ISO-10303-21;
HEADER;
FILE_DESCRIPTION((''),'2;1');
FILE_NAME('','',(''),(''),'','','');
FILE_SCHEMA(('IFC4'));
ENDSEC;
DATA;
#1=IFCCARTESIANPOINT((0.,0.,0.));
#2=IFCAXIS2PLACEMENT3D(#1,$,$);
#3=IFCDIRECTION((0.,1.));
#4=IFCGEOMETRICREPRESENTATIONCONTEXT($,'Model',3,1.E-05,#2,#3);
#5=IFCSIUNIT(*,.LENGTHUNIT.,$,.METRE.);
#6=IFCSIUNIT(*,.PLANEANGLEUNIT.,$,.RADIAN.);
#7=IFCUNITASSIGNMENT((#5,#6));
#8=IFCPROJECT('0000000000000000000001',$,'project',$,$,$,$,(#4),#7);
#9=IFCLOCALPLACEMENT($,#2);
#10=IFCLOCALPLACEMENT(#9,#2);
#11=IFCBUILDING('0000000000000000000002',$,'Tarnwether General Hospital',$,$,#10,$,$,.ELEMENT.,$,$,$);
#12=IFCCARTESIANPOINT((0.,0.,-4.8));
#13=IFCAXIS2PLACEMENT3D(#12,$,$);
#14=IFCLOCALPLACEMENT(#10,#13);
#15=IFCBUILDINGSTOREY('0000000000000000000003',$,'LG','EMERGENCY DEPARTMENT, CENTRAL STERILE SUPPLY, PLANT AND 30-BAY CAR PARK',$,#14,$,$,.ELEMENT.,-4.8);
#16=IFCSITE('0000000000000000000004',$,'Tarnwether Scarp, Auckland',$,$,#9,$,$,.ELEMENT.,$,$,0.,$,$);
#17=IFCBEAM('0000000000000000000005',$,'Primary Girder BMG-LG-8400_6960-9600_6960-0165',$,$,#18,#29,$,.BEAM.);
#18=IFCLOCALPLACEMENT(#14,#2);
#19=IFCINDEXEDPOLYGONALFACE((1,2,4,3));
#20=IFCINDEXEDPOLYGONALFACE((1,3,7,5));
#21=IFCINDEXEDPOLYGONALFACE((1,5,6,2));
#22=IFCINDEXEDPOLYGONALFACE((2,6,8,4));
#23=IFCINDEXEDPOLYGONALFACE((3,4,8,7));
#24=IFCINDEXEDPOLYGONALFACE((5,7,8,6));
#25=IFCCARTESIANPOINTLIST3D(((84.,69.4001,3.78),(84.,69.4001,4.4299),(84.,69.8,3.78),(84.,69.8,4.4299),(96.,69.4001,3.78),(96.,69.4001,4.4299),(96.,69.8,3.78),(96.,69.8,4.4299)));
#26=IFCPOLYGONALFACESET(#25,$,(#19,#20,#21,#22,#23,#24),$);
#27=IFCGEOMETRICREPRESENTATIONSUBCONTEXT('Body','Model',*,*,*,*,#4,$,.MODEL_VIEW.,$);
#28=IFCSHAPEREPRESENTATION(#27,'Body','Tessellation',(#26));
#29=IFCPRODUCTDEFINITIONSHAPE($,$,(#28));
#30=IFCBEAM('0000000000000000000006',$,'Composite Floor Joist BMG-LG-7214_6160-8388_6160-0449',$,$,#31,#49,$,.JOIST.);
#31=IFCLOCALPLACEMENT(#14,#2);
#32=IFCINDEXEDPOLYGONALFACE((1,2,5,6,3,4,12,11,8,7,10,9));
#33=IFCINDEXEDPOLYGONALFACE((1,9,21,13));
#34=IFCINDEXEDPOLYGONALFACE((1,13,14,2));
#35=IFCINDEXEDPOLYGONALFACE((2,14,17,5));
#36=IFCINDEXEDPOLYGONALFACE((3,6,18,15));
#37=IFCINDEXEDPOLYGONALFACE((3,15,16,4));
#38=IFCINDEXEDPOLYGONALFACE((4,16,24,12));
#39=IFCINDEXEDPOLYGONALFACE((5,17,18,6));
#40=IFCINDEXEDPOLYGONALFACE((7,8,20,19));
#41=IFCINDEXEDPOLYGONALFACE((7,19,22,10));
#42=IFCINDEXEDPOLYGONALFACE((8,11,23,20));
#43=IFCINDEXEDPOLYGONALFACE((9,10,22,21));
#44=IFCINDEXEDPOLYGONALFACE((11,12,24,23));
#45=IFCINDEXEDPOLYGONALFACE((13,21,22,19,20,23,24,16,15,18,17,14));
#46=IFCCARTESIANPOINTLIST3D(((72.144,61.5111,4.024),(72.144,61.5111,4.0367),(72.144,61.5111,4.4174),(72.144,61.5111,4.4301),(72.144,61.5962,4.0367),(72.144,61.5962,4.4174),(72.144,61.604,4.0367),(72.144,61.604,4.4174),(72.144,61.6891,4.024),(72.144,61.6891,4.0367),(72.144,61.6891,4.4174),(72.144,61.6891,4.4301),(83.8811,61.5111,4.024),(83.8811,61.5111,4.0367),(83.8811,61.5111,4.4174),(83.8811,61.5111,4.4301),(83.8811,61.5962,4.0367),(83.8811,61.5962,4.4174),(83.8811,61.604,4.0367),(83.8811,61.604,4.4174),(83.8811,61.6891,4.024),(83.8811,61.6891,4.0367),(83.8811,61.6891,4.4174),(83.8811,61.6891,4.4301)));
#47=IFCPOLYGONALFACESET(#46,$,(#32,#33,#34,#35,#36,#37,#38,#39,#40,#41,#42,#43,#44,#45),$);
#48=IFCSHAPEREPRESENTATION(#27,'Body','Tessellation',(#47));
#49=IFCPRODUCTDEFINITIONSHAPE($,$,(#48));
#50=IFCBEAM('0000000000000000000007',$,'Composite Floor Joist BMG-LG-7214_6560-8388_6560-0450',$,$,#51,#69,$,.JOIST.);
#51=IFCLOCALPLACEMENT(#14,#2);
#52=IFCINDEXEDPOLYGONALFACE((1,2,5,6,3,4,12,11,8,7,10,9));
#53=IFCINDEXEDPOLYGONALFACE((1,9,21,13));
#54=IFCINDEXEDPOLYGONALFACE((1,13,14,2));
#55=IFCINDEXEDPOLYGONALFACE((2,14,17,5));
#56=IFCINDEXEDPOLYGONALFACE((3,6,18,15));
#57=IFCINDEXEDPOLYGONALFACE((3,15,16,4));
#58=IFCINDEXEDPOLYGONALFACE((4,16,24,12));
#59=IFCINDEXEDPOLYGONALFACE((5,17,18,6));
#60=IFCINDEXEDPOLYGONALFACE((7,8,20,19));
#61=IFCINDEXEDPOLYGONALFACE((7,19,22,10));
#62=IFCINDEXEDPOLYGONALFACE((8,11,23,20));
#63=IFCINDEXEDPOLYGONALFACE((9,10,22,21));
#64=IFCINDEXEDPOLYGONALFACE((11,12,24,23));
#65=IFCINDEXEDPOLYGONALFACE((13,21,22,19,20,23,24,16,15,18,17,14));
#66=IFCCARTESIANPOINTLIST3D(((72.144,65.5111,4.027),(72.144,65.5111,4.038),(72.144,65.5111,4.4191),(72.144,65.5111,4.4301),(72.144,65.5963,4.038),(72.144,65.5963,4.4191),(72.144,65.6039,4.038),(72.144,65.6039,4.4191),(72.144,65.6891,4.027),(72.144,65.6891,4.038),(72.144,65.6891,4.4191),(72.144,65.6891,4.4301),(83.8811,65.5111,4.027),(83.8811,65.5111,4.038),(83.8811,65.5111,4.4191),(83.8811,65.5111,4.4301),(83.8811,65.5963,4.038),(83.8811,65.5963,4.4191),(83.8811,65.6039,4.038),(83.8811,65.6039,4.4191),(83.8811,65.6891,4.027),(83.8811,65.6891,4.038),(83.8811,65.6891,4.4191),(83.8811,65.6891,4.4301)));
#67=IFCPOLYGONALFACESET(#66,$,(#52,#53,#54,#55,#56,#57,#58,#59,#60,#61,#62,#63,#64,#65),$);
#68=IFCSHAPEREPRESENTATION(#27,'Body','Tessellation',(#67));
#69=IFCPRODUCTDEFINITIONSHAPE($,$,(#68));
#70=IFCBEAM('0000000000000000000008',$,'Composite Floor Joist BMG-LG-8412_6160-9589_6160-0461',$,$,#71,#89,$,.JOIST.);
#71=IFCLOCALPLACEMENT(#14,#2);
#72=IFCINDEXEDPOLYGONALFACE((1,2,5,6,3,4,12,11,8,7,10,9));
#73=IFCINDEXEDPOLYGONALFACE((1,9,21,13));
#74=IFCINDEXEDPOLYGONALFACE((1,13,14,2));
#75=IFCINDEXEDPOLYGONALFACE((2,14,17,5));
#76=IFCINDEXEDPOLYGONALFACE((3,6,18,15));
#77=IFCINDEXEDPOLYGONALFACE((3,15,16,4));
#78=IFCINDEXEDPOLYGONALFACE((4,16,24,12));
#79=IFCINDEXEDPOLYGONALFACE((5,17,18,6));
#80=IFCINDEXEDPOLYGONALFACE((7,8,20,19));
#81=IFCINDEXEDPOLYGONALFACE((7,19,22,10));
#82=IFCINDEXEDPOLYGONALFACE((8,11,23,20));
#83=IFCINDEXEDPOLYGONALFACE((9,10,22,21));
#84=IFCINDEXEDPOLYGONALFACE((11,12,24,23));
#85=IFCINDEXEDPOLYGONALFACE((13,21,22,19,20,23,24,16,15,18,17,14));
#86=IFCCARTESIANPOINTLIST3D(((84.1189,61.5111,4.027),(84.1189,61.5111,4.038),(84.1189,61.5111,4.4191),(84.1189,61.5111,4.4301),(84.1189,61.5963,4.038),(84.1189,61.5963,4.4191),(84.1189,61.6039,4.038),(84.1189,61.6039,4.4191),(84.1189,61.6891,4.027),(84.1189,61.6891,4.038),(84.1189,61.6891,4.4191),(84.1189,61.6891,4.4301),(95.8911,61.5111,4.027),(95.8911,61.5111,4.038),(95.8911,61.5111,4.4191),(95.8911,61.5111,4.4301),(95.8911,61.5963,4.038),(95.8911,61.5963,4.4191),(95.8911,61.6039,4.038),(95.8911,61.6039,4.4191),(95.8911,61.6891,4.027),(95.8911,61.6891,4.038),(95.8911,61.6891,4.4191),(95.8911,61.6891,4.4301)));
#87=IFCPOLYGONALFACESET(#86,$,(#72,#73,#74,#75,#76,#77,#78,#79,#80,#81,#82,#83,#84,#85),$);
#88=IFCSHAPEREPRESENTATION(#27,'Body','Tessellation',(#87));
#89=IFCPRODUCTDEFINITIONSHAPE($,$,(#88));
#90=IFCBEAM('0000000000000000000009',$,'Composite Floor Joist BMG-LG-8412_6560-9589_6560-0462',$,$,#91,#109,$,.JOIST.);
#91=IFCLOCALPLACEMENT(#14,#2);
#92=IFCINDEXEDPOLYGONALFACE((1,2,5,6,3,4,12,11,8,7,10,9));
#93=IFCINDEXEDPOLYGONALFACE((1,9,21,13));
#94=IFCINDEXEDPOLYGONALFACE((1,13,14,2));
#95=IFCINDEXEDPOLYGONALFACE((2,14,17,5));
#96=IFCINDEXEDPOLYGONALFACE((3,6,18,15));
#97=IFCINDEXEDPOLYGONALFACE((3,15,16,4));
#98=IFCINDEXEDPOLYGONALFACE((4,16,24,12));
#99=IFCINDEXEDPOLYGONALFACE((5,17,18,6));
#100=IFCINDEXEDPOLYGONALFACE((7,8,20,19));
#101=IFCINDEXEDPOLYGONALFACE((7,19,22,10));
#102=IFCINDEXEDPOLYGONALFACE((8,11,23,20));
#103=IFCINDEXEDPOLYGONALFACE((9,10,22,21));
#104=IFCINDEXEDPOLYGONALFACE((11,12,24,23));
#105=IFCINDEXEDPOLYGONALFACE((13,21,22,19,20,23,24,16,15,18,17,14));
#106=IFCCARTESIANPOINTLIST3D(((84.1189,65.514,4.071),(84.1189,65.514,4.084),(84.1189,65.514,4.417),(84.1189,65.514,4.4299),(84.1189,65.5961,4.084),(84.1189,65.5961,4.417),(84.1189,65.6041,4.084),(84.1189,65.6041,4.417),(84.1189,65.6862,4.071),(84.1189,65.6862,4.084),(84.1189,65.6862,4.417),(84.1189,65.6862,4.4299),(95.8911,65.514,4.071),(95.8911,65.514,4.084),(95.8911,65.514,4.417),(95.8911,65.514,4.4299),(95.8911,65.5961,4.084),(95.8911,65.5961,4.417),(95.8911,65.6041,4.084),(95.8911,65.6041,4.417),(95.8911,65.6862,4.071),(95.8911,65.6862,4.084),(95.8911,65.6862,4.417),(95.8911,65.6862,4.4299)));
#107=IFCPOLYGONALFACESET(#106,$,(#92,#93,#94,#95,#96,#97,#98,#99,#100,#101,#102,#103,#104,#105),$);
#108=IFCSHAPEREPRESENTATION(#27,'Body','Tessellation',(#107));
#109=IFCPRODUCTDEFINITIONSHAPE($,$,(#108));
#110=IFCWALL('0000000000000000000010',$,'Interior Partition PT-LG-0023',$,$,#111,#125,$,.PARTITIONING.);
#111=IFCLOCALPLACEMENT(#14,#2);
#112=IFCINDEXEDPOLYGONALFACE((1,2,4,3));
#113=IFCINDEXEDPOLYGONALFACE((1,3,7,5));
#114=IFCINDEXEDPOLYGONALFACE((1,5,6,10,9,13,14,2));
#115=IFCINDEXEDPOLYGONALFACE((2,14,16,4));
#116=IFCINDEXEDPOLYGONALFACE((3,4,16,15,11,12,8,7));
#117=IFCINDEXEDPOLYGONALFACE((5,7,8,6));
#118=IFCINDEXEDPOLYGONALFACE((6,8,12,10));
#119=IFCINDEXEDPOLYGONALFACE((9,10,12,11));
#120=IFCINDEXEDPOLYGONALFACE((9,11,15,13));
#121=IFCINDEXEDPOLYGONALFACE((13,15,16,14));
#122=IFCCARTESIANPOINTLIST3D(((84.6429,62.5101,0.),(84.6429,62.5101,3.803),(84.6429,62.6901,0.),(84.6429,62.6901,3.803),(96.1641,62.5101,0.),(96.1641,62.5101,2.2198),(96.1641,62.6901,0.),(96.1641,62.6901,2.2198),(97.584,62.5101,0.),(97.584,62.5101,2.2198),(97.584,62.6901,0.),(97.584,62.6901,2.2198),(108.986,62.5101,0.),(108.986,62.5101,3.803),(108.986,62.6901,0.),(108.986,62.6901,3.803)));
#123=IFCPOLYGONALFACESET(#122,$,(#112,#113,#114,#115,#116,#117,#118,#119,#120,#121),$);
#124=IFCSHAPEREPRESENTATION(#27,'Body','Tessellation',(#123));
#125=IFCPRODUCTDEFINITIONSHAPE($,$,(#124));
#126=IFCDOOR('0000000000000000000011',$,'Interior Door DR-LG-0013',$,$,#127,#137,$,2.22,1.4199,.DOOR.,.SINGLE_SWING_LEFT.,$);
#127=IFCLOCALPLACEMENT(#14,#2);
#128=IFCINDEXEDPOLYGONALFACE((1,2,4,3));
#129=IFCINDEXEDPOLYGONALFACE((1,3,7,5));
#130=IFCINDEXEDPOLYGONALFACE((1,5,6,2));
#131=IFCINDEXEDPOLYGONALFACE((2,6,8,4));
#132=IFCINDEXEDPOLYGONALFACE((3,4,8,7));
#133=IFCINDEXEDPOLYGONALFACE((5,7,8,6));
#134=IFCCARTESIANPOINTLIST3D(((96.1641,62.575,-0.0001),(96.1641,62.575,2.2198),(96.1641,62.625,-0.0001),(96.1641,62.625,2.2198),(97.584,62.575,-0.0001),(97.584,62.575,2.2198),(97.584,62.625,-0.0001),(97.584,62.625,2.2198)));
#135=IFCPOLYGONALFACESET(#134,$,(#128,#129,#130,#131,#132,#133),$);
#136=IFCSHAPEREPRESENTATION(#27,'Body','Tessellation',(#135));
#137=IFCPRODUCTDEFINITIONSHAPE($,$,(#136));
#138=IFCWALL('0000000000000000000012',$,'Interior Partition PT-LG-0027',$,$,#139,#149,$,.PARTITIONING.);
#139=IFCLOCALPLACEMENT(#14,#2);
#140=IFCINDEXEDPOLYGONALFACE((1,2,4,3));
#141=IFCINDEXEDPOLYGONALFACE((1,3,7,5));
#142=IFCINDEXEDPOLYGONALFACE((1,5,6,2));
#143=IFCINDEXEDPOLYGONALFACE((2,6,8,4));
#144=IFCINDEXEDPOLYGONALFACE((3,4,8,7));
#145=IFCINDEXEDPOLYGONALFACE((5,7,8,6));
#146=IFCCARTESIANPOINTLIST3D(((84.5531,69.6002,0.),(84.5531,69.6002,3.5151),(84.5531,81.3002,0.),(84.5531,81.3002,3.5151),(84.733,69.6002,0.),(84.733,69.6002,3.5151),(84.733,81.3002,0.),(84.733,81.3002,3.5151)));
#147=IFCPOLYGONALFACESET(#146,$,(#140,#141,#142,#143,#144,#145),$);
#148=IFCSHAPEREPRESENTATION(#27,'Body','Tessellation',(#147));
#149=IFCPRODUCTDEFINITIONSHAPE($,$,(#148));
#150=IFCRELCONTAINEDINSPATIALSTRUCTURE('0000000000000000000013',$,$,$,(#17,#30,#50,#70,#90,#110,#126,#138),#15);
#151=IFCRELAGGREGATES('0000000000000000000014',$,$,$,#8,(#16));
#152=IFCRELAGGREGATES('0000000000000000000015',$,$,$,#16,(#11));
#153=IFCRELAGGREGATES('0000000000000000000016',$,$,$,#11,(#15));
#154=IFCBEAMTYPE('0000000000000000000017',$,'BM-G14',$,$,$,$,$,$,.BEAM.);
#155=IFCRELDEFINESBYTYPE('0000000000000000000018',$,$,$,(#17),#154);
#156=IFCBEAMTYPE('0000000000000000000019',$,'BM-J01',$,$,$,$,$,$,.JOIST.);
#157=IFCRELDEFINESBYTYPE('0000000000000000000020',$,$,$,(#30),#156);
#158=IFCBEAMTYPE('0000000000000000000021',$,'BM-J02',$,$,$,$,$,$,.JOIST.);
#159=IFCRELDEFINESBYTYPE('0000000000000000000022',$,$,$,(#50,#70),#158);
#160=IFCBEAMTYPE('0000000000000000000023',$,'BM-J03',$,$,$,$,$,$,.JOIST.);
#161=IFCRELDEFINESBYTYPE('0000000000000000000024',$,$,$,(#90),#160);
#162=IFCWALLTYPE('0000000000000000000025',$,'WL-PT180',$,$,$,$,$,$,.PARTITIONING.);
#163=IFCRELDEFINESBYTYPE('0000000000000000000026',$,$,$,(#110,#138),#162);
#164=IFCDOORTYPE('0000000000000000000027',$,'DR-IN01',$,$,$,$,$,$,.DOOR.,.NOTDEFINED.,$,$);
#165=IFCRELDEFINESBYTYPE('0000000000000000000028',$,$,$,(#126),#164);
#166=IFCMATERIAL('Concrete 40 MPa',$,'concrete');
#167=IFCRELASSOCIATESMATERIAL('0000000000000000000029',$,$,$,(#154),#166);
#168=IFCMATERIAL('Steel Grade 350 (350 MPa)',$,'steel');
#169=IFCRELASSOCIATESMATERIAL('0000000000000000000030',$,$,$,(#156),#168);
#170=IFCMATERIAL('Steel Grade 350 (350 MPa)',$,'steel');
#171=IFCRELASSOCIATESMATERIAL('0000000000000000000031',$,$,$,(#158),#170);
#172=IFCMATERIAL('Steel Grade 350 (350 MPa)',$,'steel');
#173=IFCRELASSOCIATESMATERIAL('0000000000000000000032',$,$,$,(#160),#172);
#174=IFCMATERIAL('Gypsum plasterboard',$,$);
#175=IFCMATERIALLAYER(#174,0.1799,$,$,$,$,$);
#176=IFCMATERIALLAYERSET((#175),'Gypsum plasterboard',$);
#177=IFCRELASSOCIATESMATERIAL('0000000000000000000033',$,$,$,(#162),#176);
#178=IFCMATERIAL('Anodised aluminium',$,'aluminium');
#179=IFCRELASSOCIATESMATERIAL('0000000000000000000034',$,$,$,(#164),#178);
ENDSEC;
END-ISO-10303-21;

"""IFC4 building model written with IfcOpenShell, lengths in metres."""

from ifc_helpers import new_model, si_unit, direction, frame, frame_2d, origin, origin_2d, place, context, subcontext, project, spatial, rectangle, i_section, extrude, material, layer, layer_set, material_profile, profile_set, type_object, element, fill, save


model = new_model("IFC4")

# Units and contexts
model_context = context("Model", 3, precision=1e-05, world=origin(), true_north=direction((0.0, 1.0)))
body_context = subcontext(model_context, "Body", "Model", "MODEL_VIEW")
ifc_project = project(units=[si_unit("LENGTHUNIT", "METRE"), si_unit("PLANEANGLEUNIT", "RADIAN")], contexts=[model_context])

# Site, building, storey
site_placement = place(None, origin())
site = spatial("IfcSite", under=ifc_project, at=site_placement, Name="Tarnwether Scarp, Auckland", CompositionType="ELEMENT", RefElevation=0.0)
building_placement = place(site_placement, origin())
building = spatial("IfcBuilding", under=site, at=building_placement, Name="Tarnwether General Hospital", CompositionType="ELEMENT")
storey_placement = place(building_placement, frame((0.0, 0.0, -4.8)))
storey = spatial("IfcBuildingStorey", under=building, at=storey_placement, Name="LG", Description="EMERGENCY DEPARTMENT, CENTRAL STERILE SUPPLY, PLANT AND 30-BAY CAR PARK", CompositionType="ELEMENT", Elevation=-4.8)

# Beams
ifc_material_1 = material(Name="Concrete 40 MPa", Category="concrete")
ifc_material_profile_1 = material_profile(ifc_material_1, rectangle(XDim=0.3999, YDim=0.6499, at=origin_2d()), Name="RC-BM-400x650")
ifc_profile_set_1 = profile_set([ifc_material_profile_1], Name="Concrete 40 MPa")
beam_type_1 = type_object("IfcBeamType", Name="BM-G14", PredefinedType="BEAM", material=ifc_profile_set_1)
beam_1_placement = place(storey_placement, frame((84.0, 69.6001, 4.105), z_axis=(1.0, 0.0, 0.0), x_axis=(0.0, 1.0, 0.0)))
element("IfcBeam", 1, at=beam_1_placement, inside=storey, type_object=beam_type_1, Name="Primary Girder BMG-LG-8400_6960-9600_6960-0165", PredefinedType="BEAM", context=body_context, shape_type="SweptSolid", body=[
    extrude(rectangle(XDim=0.3999, YDim=0.6499, at=origin_2d()), origin(), (0.0, 0.0, 1.0), 12.0),
])
ifc_material_2 = material(Name="Steel Grade 350 (350 MPa)", Category="steel")
ifc_material_profile_2 = material_profile(ifc_material_2, i_section(OverallWidth=0.178, OverallDepth=0.406, WebThickness=0.0078, FlangeThickness=0.0127, at=origin_2d()), Name="410UB59.7")
ifc_profile_set_2 = profile_set([ifc_material_profile_2], Name="Steel Grade 350 (350 MPa)")
beam_type_2 = type_object("IfcBeamType", Name="BM-J01", PredefinedType="JOIST", material=ifc_profile_set_2)
beam_2_placement = place(storey_placement, frame((72.144, 61.6001, 4.2271), z_axis=(1.0, 0.0, 0.0), x_axis=(0.0, 1.0, 0.0)))
element("IfcBeam", 2, at=beam_2_placement, inside=storey, type_object=beam_type_2, Name="Composite Floor Joist BMG-LG-7214_6160-8388_6160-0449", PredefinedType="JOIST", context=body_context, shape_type="SweptSolid", body=[
    extrude(i_section(OverallWidth=0.178, OverallDepth=0.406, WebThickness=0.0078, FlangeThickness=0.0127, at=origin_2d()), origin(), (0.0, 0.0, 1.0), 11.7371),
])
ifc_material_3 = material(Name="Steel Grade 350 (350 MPa)", Category="steel")
ifc_material_profile_3 = material_profile(ifc_material_3, i_section(OverallWidth=0.178, OverallDepth=0.4031, WebThickness=0.0076, FlangeThickness=0.011, at=origin_2d()), Name="410UB53.7")
ifc_profile_set_3 = profile_set([ifc_material_profile_3], Name="Steel Grade 350 (350 MPa)")
beam_type_3 = type_object("IfcBeamType", Name="BM-J02", PredefinedType="JOIST", material=ifc_profile_set_3)
beam_3_placement = place(storey_placement, frame((72.144, 65.6001, 4.2285), z_axis=(1.0, 0.0, 0.0), x_axis=(0.0, 1.0, 0.0)))
element("IfcBeam", 3, at=beam_3_placement, inside=storey, type_object=beam_type_3, Name="Composite Floor Joist BMG-LG-7214_6560-8388_6560-0450", PredefinedType="JOIST", context=body_context, shape_type="SweptSolid", body=[
    extrude(i_section(OverallWidth=0.178, OverallDepth=0.4031, WebThickness=0.0076, FlangeThickness=0.011, at=origin_2d()), origin(), (0.0, 0.0, 1.0), 11.7371),
])
beam_4_placement = place(storey_placement, frame((84.1189, 61.6001, 4.2285), z_axis=(1.0, 0.0, 0.0), x_axis=(0.0, 1.0, 0.0)))
element("IfcBeam", 4, at=beam_4_placement, inside=storey, type_object=beam_type_3, Name="Composite Floor Joist BMG-LG-8412_6160-9589_6160-0461", PredefinedType="JOIST", context=body_context, shape_type="SweptSolid", body=[
    extrude(i_section(OverallWidth=0.178, OverallDepth=0.4031, WebThickness=0.0076, FlangeThickness=0.011, at=origin_2d()), origin(), (0.0, 0.0, 1.0), 11.7722),
])
ifc_material_4 = material(Name="Steel Grade 350 (350 MPa)", Category="steel")
ifc_material_profile_4 = material_profile(ifc_material_4, i_section(OverallWidth=0.1721, OverallDepth=0.3589, WebThickness=0.0081, FlangeThickness=0.0129, at=origin_2d()), Name="360UB56.7")
ifc_profile_set_4 = profile_set([ifc_material_profile_4], Name="Steel Grade 350 (350 MPa)")
beam_type_4 = type_object("IfcBeamType", Name="BM-J03", PredefinedType="JOIST", material=ifc_profile_set_4)
beam_5_placement = place(storey_placement, frame((84.1189, 65.6001, 4.2505), z_axis=(1.0, 0.0, 0.0), x_axis=(0.0, 1.0, 0.0)))
element("IfcBeam", 5, at=beam_5_placement, inside=storey, type_object=beam_type_4, Name="Composite Floor Joist BMG-LG-8412_6560-9589_6560-0462", PredefinedType="JOIST", context=body_context, shape_type="SweptSolid", body=[
    extrude(i_section(OverallWidth=0.1721, OverallDepth=0.3589, WebThickness=0.0081, FlangeThickness=0.0129, at=origin_2d()), origin(), (0.0, 0.0, 1.0), 11.7722),
])

# Wall, opening, door
ifc_material_5 = material(Name="Gypsum plasterboard")
ifc_layer = layer(ifc_material_5, 0.1799)
ifc_layer_set = layer_set([ifc_layer], Name="Gypsum plasterboard")
wall_type = type_object("IfcWallType", Name="WL-PT180", PredefinedType="PARTITIONING", material=ifc_layer_set)
wall_1_placement = place(storey_placement, frame((84.6431, 62.6001, 0.0), z_axis=(0.0, 0.0, 1.0), x_axis=(1.0, 0.0, 0.0)))
wall_1 = element("IfcWall", 6, at=wall_1_placement, inside=storey, type_object=wall_type, Name="Interior Partition PT-LG-0023", PredefinedType="PARTITIONING", context=body_context, shape_type="SweptSolid", body=[
    extrude(rectangle(XDim=24.343, YDim=0.1799, at=frame_2d((12.1714, 0.0))), origin(), (0.0, 0.0, 1.0), 3.803),
])
opening_1_placement = place(wall_1_placement, frame((11.521, 0.0, 0.0)))
opening_1 = element("IfcOpeningElement", 7, at=opening_1_placement, cuts=wall_1, PredefinedType="OPENING", context=body_context, shape_type="SweptSolid", body=[
    extrude(rectangle(XDim=1.4199, YDim=2.22, at=frame_2d((0.71, 1.1099))), frame((0.0, 0.1001, 0.0), z_axis=(0.0, -1.0, 0.0), x_axis=(1.0, 0.0, 0.0)), (0.0, 0.0, 1.0), 0.2),
])
ifc_material_6 = material(Name="Anodised aluminium", Category="aluminium")
door_type_1 = type_object("IfcDoorType", Name="DR-IN01", OperationType="NOTDEFINED", PredefinedType="DOOR", material=ifc_material_6)
door_1_placement = place(opening_1_placement, origin())
door_1 = element("IfcDoor", 8, at=door_1_placement, inside=storey, type_object=door_type_1, Name="Interior Door DR-LG-0013", OperationType="SINGLE_SWING_LEFT", OverallHeight=2.22, OverallWidth=1.4199, PredefinedType="DOOR", context=body_context, shape_type="SweptSolid", body=[
    extrude(rectangle(XDim=1.4199, YDim=2.22, at=frame_2d((0.71, 1.1099))), frame((0.0, 0.0249, 0.0), z_axis=(0.0, -1.0, 0.0), x_axis=(1.0, 0.0, 0.0)), (0.0, 0.0, 1.0), 0.05),
])
fill(opening_1, door_1)

# Wall
wall_2_placement = place(storey_placement, frame((84.6431, 69.6001, 0.0), z_axis=(0.0, 0.0, 1.0), x_axis=(0.0, 1.0, 0.0)))
element("IfcWall", 9, at=wall_2_placement, inside=storey, type_object=wall_type, Name="Interior Partition PT-LG-0027", PredefinedType="PARTITIONING", context=body_context, shape_type="SweptSolid", body=[
    extrude(rectangle(XDim=11.7, YDim=0.1799, at=frame_2d((5.8501, 0.0))), origin(), (0.0, 0.0, 1.0), 3.5151),
])

save(model, "model.ifc")
